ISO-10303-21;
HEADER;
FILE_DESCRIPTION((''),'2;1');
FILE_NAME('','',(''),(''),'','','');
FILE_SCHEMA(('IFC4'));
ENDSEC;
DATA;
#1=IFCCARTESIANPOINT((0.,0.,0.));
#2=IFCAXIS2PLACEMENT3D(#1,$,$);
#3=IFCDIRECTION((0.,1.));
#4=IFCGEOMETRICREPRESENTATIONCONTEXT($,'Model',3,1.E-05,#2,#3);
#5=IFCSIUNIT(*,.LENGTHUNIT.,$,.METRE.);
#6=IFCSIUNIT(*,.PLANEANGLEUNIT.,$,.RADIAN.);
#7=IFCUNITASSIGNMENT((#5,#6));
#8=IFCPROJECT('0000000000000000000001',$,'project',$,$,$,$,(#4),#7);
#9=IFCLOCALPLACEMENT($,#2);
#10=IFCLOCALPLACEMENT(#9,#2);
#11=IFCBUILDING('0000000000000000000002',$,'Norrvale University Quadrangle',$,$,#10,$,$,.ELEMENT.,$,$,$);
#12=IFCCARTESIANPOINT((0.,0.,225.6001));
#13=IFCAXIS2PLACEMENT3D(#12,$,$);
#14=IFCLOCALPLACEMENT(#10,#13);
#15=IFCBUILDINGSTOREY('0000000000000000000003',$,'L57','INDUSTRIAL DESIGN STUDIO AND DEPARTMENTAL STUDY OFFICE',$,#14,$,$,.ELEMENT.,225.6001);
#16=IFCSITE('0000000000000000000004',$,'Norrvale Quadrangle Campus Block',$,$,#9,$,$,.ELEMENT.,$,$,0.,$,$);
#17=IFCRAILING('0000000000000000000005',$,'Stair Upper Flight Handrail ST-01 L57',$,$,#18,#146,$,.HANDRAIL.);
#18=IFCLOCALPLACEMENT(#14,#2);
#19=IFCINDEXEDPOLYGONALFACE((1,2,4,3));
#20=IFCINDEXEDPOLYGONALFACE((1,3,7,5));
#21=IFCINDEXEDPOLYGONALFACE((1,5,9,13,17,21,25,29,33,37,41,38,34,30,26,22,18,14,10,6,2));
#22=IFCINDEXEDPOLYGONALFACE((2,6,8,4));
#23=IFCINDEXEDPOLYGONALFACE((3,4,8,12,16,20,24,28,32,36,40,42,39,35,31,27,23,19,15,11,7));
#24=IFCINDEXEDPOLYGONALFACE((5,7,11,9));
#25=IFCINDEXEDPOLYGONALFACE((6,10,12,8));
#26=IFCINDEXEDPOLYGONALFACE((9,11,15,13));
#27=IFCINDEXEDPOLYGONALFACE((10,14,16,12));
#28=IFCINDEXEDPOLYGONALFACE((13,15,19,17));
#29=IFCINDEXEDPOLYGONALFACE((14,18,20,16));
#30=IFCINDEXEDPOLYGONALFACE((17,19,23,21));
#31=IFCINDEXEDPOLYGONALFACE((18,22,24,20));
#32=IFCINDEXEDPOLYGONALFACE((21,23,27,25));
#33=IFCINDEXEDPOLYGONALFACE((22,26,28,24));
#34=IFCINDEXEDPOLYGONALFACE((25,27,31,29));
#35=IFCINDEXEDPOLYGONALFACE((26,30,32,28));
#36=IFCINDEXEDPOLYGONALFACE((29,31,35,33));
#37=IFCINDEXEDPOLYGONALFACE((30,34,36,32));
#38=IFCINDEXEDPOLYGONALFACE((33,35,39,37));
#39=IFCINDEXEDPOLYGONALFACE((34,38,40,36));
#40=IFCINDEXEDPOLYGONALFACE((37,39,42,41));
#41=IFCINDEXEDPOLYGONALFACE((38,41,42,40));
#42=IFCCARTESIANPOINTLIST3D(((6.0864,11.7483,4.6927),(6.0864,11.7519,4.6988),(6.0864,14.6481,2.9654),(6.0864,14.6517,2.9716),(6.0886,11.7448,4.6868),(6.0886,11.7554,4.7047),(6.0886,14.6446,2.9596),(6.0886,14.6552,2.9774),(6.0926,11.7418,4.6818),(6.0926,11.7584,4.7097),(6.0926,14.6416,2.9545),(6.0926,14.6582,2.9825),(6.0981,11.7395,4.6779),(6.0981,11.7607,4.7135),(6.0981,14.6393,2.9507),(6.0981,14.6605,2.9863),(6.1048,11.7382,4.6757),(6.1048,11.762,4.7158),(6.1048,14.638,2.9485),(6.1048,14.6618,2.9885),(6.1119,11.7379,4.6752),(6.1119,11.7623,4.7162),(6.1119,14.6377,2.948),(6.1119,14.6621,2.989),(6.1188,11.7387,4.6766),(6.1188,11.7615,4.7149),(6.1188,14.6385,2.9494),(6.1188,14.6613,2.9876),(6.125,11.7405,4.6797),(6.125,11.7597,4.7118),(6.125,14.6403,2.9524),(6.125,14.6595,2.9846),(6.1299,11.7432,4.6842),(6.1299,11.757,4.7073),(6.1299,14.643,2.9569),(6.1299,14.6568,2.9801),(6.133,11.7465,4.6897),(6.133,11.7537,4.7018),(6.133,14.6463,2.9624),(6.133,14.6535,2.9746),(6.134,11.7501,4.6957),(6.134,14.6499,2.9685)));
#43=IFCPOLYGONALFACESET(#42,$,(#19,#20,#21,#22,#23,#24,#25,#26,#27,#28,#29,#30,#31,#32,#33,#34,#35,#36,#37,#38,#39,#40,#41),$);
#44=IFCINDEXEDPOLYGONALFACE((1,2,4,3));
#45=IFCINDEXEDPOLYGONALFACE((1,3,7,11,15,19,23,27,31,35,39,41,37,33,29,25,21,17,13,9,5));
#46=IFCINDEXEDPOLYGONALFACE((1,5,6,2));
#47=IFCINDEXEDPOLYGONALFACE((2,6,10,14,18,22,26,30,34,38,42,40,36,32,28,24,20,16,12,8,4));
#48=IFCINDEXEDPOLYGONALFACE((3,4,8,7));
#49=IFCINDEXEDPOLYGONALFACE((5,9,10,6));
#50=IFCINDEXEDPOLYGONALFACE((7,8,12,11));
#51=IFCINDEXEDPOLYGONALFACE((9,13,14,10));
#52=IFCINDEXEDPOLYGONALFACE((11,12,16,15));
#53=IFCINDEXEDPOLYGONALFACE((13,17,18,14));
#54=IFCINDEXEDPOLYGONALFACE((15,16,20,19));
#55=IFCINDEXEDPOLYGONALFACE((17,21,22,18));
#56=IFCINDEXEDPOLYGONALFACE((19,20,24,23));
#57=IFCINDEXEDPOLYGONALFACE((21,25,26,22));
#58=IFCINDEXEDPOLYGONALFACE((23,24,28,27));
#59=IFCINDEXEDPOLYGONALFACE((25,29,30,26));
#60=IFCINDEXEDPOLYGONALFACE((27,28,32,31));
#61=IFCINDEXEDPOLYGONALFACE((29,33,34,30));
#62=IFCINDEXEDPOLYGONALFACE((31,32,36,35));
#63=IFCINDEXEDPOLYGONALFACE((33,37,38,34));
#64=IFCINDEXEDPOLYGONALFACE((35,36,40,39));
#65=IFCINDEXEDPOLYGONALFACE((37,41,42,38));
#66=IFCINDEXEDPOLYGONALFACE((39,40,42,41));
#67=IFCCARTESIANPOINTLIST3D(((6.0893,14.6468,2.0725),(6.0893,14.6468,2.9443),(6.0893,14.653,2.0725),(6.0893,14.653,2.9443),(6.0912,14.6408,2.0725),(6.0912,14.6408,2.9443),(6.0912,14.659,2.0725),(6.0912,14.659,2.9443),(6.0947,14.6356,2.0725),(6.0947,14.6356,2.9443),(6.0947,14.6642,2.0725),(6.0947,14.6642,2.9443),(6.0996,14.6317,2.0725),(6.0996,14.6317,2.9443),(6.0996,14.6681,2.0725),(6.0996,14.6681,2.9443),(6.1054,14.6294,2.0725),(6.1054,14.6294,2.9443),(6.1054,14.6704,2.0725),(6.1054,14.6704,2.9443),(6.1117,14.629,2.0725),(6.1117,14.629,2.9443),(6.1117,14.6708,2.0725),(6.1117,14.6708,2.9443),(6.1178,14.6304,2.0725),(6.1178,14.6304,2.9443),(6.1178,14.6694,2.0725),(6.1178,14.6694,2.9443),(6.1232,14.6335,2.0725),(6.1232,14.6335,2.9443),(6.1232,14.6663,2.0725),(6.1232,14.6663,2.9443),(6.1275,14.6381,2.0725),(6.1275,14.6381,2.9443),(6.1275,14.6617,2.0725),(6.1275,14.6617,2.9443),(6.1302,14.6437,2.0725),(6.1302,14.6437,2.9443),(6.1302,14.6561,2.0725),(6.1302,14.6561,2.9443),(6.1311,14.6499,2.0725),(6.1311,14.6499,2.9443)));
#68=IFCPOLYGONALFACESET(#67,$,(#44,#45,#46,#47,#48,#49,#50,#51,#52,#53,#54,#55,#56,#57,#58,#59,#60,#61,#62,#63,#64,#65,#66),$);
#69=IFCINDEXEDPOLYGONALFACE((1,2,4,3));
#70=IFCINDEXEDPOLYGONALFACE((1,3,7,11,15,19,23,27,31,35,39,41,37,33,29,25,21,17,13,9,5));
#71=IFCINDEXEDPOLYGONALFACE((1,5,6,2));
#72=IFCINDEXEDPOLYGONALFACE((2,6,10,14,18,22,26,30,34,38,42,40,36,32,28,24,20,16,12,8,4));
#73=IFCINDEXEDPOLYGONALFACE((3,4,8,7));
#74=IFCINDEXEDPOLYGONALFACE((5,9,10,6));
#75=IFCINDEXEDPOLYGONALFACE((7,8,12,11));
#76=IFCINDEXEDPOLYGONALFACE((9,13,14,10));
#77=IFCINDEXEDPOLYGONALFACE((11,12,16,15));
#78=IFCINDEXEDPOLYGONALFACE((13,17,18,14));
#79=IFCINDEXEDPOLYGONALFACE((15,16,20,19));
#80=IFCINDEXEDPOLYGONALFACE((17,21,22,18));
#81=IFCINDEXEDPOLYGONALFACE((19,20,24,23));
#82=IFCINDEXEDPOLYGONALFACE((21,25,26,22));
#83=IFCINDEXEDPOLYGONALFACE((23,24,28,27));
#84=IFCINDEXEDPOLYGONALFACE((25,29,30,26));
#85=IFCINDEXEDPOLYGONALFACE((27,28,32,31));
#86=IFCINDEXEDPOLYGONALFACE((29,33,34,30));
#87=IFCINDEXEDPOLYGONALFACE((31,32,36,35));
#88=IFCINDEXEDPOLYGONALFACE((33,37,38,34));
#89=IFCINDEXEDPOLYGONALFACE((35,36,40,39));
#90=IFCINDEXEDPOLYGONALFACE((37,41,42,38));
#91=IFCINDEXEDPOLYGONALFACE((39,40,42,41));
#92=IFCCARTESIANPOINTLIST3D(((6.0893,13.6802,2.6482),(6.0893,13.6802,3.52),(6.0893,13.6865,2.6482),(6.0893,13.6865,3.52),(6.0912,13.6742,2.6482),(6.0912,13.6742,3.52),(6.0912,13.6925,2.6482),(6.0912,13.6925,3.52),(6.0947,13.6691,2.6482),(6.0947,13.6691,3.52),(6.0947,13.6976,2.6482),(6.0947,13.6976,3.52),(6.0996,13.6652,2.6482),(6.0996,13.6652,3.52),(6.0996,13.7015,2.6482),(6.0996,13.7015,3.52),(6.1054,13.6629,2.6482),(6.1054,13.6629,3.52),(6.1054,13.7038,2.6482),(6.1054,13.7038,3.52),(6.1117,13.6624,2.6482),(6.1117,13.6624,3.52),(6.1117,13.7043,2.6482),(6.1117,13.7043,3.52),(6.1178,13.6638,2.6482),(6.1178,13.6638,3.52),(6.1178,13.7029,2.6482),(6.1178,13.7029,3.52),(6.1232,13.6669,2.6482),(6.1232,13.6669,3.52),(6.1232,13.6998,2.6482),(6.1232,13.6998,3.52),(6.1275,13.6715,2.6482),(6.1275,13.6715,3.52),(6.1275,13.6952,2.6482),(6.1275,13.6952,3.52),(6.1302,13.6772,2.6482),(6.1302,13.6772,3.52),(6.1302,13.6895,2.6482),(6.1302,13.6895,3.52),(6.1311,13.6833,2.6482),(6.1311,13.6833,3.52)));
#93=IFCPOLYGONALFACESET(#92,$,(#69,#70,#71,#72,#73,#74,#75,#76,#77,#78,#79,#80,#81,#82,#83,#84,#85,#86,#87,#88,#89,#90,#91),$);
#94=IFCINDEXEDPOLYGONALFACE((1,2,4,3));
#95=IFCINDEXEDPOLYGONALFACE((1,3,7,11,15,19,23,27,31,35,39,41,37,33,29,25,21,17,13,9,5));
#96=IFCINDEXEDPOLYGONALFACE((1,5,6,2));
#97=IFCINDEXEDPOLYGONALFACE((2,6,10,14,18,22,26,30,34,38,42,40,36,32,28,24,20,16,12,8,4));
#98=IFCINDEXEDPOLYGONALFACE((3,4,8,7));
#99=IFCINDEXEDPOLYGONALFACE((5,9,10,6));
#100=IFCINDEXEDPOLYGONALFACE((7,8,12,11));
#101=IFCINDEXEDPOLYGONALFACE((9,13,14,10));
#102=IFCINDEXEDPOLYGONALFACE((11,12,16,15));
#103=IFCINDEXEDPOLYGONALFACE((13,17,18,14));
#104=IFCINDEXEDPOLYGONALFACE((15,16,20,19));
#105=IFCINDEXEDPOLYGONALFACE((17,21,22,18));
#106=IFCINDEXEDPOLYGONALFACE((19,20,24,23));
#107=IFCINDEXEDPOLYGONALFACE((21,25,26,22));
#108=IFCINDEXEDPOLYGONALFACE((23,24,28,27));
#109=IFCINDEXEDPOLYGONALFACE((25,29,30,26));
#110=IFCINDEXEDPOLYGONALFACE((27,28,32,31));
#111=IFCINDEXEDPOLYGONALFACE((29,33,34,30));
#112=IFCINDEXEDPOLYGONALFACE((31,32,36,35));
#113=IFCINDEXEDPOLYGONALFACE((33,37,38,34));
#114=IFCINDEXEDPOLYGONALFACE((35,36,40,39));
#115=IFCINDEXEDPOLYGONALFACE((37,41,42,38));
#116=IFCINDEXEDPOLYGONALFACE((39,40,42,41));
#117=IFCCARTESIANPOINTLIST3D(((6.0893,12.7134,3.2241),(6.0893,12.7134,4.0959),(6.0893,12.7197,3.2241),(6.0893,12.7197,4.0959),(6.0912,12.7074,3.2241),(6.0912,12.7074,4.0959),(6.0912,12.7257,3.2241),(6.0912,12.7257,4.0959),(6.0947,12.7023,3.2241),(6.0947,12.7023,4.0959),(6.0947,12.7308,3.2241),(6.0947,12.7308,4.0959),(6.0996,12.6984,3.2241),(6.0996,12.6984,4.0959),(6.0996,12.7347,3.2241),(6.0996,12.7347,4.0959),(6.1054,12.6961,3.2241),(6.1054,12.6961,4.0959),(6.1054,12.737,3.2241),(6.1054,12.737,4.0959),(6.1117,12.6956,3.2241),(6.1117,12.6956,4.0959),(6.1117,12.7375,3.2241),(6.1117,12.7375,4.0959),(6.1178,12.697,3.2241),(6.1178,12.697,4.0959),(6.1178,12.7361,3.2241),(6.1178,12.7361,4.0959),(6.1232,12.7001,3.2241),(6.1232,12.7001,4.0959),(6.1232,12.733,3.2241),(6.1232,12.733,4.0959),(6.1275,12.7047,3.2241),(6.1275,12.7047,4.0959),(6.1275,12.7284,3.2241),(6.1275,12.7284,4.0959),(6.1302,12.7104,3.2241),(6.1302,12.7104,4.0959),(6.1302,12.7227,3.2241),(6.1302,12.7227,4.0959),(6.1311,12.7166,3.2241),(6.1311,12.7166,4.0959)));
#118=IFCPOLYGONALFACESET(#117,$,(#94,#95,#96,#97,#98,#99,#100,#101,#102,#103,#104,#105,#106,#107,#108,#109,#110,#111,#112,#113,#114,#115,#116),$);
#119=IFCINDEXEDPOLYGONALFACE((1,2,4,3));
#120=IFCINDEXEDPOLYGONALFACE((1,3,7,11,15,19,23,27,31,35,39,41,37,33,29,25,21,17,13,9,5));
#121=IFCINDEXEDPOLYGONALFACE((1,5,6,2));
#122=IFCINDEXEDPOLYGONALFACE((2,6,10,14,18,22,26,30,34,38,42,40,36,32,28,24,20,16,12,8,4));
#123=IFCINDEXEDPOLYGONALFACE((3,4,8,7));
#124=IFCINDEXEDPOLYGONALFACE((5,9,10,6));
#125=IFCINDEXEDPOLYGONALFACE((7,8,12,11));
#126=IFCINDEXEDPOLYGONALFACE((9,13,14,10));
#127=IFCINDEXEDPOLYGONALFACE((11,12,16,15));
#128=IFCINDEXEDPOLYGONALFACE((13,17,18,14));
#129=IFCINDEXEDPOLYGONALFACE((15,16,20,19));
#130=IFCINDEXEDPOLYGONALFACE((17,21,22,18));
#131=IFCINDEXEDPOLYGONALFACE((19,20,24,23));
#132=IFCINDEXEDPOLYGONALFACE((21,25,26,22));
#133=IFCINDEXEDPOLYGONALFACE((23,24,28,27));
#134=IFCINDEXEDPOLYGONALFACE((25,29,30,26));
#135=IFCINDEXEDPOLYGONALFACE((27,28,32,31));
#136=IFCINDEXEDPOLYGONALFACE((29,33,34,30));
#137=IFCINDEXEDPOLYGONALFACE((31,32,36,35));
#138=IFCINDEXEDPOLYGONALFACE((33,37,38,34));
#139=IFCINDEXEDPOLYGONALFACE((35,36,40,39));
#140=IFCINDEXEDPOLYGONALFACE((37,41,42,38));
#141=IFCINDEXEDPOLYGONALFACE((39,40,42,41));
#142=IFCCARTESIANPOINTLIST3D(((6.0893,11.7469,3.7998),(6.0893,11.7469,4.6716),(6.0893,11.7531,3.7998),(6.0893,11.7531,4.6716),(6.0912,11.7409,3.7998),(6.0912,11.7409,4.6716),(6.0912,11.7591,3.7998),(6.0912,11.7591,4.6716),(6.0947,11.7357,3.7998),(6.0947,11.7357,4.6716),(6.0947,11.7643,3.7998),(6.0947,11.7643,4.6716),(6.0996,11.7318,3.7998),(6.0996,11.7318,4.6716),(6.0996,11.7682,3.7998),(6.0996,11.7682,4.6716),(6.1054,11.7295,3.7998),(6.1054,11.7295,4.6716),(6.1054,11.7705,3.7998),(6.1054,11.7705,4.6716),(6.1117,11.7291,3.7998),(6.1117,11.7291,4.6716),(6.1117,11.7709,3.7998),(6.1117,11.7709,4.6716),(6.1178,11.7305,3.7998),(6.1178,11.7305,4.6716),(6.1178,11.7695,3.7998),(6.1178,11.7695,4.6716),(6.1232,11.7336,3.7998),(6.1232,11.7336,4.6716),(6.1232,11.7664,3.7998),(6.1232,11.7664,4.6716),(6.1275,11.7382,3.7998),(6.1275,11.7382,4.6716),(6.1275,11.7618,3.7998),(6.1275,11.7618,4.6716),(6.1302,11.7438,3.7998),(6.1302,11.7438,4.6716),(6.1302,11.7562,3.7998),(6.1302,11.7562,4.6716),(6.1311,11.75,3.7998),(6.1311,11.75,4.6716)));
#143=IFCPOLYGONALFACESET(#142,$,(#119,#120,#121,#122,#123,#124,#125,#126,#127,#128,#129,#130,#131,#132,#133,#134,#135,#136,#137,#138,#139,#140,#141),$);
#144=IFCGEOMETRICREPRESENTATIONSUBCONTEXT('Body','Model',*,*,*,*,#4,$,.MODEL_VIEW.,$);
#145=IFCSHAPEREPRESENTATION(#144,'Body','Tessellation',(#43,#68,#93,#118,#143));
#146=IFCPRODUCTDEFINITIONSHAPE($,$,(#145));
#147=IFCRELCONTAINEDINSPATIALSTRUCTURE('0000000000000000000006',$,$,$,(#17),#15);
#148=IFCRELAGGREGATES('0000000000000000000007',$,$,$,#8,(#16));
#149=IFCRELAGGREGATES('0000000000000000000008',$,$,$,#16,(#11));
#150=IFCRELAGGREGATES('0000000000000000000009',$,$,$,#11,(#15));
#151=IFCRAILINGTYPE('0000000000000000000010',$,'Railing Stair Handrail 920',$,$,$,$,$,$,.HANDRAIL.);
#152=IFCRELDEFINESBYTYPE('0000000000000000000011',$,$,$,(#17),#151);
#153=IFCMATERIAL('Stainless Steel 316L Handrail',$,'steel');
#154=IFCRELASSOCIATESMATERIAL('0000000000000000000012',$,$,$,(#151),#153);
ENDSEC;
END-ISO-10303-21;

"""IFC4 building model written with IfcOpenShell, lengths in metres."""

from ifc_helpers import new_model, si_unit, direction, frame, origin, origin_2d, place, context, subcontext, project, spatial, circle, extrude, material, type_object, element, save


model = new_model("IFC4")

# Units and contexts
model_context = context("Model", 3, precision=1e-05, world=origin(), true_north=direction((0.0, 1.0)))
body_context = subcontext(model_context, "Body", "Model", "MODEL_VIEW")
ifc_project = project(units=[si_unit("LENGTHUNIT", "METRE"), si_unit("PLANEANGLEUNIT", "RADIAN")], contexts=[model_context])

# Site, building, storey
site_placement = place(None, origin())
site = spatial("IfcSite", under=ifc_project, at=site_placement, Name="Norrvale Quadrangle Campus Block", CompositionType="ELEMENT", RefElevation=0.0)
building_placement = place(site_placement, origin())
building = spatial("IfcBuilding", under=site, at=building_placement, Name="Norrvale University Quadrangle", CompositionType="ELEMENT")
storey_placement = place(building_placement, frame((0.0, 0.0, 225.6001)))
storey = spatial("IfcBuildingStorey", under=building, at=storey_placement, Name="L57", Description="INDUSTRIAL DESIGN STUDIO AND DEPARTMENTAL STUDY OFFICE", CompositionType="ELEMENT", Elevation=225.6001)

# Railing
ifc_material_1 = material(Name="Stainless Steel 316L Handrail", Category="steel")
railing_type_1 = type_object("IfcRailingType", Name="Railing Stair Handrail 920", PredefinedType="HANDRAIL", material=ifc_material_1)
railing_1_placement = place(storey_placement, frame((6.1101, 14.6499, 2.0725)))
element("IfcRailing", 1, at=railing_1_placement, inside=storey, type_object=railing_type_1, Name="Stair Upper Flight Handrail ST-01 L57", PredefinedType="HANDRAIL", context=body_context, shape_type="SweptSolid", body=[
    extrude(circle(Radius=0.0239, at=origin_2d()), frame((0.0, 0.0, 0.896), z_axis=(0.0, -0.859141, 0.511738), x_axis=(1.0, 0.0, 0.0)), (0.0, 0.0, 1.0), 3.3752),
    extrude(circle(Radius=0.021, at=origin_2d()), origin(), (0.0, 0.0, 1.0), 0.8718),
    extrude(circle(Radius=0.021, at=origin_2d()), frame((0.0, -0.9666, 0.5757)), (0.0, 0.0, 1.0), 0.8718),
    extrude(circle(Radius=0.021, at=origin_2d()), frame((0.0, -1.9333, 1.1516)), (0.0, 0.0, 1.0), 0.8718),
    extrude(circle(Radius=0.021, at=origin_2d()), frame((0.0, -2.8999, 1.7273)), (0.0, 0.0, 1.0), 0.8718),
])

save(model, "model.ifc")
